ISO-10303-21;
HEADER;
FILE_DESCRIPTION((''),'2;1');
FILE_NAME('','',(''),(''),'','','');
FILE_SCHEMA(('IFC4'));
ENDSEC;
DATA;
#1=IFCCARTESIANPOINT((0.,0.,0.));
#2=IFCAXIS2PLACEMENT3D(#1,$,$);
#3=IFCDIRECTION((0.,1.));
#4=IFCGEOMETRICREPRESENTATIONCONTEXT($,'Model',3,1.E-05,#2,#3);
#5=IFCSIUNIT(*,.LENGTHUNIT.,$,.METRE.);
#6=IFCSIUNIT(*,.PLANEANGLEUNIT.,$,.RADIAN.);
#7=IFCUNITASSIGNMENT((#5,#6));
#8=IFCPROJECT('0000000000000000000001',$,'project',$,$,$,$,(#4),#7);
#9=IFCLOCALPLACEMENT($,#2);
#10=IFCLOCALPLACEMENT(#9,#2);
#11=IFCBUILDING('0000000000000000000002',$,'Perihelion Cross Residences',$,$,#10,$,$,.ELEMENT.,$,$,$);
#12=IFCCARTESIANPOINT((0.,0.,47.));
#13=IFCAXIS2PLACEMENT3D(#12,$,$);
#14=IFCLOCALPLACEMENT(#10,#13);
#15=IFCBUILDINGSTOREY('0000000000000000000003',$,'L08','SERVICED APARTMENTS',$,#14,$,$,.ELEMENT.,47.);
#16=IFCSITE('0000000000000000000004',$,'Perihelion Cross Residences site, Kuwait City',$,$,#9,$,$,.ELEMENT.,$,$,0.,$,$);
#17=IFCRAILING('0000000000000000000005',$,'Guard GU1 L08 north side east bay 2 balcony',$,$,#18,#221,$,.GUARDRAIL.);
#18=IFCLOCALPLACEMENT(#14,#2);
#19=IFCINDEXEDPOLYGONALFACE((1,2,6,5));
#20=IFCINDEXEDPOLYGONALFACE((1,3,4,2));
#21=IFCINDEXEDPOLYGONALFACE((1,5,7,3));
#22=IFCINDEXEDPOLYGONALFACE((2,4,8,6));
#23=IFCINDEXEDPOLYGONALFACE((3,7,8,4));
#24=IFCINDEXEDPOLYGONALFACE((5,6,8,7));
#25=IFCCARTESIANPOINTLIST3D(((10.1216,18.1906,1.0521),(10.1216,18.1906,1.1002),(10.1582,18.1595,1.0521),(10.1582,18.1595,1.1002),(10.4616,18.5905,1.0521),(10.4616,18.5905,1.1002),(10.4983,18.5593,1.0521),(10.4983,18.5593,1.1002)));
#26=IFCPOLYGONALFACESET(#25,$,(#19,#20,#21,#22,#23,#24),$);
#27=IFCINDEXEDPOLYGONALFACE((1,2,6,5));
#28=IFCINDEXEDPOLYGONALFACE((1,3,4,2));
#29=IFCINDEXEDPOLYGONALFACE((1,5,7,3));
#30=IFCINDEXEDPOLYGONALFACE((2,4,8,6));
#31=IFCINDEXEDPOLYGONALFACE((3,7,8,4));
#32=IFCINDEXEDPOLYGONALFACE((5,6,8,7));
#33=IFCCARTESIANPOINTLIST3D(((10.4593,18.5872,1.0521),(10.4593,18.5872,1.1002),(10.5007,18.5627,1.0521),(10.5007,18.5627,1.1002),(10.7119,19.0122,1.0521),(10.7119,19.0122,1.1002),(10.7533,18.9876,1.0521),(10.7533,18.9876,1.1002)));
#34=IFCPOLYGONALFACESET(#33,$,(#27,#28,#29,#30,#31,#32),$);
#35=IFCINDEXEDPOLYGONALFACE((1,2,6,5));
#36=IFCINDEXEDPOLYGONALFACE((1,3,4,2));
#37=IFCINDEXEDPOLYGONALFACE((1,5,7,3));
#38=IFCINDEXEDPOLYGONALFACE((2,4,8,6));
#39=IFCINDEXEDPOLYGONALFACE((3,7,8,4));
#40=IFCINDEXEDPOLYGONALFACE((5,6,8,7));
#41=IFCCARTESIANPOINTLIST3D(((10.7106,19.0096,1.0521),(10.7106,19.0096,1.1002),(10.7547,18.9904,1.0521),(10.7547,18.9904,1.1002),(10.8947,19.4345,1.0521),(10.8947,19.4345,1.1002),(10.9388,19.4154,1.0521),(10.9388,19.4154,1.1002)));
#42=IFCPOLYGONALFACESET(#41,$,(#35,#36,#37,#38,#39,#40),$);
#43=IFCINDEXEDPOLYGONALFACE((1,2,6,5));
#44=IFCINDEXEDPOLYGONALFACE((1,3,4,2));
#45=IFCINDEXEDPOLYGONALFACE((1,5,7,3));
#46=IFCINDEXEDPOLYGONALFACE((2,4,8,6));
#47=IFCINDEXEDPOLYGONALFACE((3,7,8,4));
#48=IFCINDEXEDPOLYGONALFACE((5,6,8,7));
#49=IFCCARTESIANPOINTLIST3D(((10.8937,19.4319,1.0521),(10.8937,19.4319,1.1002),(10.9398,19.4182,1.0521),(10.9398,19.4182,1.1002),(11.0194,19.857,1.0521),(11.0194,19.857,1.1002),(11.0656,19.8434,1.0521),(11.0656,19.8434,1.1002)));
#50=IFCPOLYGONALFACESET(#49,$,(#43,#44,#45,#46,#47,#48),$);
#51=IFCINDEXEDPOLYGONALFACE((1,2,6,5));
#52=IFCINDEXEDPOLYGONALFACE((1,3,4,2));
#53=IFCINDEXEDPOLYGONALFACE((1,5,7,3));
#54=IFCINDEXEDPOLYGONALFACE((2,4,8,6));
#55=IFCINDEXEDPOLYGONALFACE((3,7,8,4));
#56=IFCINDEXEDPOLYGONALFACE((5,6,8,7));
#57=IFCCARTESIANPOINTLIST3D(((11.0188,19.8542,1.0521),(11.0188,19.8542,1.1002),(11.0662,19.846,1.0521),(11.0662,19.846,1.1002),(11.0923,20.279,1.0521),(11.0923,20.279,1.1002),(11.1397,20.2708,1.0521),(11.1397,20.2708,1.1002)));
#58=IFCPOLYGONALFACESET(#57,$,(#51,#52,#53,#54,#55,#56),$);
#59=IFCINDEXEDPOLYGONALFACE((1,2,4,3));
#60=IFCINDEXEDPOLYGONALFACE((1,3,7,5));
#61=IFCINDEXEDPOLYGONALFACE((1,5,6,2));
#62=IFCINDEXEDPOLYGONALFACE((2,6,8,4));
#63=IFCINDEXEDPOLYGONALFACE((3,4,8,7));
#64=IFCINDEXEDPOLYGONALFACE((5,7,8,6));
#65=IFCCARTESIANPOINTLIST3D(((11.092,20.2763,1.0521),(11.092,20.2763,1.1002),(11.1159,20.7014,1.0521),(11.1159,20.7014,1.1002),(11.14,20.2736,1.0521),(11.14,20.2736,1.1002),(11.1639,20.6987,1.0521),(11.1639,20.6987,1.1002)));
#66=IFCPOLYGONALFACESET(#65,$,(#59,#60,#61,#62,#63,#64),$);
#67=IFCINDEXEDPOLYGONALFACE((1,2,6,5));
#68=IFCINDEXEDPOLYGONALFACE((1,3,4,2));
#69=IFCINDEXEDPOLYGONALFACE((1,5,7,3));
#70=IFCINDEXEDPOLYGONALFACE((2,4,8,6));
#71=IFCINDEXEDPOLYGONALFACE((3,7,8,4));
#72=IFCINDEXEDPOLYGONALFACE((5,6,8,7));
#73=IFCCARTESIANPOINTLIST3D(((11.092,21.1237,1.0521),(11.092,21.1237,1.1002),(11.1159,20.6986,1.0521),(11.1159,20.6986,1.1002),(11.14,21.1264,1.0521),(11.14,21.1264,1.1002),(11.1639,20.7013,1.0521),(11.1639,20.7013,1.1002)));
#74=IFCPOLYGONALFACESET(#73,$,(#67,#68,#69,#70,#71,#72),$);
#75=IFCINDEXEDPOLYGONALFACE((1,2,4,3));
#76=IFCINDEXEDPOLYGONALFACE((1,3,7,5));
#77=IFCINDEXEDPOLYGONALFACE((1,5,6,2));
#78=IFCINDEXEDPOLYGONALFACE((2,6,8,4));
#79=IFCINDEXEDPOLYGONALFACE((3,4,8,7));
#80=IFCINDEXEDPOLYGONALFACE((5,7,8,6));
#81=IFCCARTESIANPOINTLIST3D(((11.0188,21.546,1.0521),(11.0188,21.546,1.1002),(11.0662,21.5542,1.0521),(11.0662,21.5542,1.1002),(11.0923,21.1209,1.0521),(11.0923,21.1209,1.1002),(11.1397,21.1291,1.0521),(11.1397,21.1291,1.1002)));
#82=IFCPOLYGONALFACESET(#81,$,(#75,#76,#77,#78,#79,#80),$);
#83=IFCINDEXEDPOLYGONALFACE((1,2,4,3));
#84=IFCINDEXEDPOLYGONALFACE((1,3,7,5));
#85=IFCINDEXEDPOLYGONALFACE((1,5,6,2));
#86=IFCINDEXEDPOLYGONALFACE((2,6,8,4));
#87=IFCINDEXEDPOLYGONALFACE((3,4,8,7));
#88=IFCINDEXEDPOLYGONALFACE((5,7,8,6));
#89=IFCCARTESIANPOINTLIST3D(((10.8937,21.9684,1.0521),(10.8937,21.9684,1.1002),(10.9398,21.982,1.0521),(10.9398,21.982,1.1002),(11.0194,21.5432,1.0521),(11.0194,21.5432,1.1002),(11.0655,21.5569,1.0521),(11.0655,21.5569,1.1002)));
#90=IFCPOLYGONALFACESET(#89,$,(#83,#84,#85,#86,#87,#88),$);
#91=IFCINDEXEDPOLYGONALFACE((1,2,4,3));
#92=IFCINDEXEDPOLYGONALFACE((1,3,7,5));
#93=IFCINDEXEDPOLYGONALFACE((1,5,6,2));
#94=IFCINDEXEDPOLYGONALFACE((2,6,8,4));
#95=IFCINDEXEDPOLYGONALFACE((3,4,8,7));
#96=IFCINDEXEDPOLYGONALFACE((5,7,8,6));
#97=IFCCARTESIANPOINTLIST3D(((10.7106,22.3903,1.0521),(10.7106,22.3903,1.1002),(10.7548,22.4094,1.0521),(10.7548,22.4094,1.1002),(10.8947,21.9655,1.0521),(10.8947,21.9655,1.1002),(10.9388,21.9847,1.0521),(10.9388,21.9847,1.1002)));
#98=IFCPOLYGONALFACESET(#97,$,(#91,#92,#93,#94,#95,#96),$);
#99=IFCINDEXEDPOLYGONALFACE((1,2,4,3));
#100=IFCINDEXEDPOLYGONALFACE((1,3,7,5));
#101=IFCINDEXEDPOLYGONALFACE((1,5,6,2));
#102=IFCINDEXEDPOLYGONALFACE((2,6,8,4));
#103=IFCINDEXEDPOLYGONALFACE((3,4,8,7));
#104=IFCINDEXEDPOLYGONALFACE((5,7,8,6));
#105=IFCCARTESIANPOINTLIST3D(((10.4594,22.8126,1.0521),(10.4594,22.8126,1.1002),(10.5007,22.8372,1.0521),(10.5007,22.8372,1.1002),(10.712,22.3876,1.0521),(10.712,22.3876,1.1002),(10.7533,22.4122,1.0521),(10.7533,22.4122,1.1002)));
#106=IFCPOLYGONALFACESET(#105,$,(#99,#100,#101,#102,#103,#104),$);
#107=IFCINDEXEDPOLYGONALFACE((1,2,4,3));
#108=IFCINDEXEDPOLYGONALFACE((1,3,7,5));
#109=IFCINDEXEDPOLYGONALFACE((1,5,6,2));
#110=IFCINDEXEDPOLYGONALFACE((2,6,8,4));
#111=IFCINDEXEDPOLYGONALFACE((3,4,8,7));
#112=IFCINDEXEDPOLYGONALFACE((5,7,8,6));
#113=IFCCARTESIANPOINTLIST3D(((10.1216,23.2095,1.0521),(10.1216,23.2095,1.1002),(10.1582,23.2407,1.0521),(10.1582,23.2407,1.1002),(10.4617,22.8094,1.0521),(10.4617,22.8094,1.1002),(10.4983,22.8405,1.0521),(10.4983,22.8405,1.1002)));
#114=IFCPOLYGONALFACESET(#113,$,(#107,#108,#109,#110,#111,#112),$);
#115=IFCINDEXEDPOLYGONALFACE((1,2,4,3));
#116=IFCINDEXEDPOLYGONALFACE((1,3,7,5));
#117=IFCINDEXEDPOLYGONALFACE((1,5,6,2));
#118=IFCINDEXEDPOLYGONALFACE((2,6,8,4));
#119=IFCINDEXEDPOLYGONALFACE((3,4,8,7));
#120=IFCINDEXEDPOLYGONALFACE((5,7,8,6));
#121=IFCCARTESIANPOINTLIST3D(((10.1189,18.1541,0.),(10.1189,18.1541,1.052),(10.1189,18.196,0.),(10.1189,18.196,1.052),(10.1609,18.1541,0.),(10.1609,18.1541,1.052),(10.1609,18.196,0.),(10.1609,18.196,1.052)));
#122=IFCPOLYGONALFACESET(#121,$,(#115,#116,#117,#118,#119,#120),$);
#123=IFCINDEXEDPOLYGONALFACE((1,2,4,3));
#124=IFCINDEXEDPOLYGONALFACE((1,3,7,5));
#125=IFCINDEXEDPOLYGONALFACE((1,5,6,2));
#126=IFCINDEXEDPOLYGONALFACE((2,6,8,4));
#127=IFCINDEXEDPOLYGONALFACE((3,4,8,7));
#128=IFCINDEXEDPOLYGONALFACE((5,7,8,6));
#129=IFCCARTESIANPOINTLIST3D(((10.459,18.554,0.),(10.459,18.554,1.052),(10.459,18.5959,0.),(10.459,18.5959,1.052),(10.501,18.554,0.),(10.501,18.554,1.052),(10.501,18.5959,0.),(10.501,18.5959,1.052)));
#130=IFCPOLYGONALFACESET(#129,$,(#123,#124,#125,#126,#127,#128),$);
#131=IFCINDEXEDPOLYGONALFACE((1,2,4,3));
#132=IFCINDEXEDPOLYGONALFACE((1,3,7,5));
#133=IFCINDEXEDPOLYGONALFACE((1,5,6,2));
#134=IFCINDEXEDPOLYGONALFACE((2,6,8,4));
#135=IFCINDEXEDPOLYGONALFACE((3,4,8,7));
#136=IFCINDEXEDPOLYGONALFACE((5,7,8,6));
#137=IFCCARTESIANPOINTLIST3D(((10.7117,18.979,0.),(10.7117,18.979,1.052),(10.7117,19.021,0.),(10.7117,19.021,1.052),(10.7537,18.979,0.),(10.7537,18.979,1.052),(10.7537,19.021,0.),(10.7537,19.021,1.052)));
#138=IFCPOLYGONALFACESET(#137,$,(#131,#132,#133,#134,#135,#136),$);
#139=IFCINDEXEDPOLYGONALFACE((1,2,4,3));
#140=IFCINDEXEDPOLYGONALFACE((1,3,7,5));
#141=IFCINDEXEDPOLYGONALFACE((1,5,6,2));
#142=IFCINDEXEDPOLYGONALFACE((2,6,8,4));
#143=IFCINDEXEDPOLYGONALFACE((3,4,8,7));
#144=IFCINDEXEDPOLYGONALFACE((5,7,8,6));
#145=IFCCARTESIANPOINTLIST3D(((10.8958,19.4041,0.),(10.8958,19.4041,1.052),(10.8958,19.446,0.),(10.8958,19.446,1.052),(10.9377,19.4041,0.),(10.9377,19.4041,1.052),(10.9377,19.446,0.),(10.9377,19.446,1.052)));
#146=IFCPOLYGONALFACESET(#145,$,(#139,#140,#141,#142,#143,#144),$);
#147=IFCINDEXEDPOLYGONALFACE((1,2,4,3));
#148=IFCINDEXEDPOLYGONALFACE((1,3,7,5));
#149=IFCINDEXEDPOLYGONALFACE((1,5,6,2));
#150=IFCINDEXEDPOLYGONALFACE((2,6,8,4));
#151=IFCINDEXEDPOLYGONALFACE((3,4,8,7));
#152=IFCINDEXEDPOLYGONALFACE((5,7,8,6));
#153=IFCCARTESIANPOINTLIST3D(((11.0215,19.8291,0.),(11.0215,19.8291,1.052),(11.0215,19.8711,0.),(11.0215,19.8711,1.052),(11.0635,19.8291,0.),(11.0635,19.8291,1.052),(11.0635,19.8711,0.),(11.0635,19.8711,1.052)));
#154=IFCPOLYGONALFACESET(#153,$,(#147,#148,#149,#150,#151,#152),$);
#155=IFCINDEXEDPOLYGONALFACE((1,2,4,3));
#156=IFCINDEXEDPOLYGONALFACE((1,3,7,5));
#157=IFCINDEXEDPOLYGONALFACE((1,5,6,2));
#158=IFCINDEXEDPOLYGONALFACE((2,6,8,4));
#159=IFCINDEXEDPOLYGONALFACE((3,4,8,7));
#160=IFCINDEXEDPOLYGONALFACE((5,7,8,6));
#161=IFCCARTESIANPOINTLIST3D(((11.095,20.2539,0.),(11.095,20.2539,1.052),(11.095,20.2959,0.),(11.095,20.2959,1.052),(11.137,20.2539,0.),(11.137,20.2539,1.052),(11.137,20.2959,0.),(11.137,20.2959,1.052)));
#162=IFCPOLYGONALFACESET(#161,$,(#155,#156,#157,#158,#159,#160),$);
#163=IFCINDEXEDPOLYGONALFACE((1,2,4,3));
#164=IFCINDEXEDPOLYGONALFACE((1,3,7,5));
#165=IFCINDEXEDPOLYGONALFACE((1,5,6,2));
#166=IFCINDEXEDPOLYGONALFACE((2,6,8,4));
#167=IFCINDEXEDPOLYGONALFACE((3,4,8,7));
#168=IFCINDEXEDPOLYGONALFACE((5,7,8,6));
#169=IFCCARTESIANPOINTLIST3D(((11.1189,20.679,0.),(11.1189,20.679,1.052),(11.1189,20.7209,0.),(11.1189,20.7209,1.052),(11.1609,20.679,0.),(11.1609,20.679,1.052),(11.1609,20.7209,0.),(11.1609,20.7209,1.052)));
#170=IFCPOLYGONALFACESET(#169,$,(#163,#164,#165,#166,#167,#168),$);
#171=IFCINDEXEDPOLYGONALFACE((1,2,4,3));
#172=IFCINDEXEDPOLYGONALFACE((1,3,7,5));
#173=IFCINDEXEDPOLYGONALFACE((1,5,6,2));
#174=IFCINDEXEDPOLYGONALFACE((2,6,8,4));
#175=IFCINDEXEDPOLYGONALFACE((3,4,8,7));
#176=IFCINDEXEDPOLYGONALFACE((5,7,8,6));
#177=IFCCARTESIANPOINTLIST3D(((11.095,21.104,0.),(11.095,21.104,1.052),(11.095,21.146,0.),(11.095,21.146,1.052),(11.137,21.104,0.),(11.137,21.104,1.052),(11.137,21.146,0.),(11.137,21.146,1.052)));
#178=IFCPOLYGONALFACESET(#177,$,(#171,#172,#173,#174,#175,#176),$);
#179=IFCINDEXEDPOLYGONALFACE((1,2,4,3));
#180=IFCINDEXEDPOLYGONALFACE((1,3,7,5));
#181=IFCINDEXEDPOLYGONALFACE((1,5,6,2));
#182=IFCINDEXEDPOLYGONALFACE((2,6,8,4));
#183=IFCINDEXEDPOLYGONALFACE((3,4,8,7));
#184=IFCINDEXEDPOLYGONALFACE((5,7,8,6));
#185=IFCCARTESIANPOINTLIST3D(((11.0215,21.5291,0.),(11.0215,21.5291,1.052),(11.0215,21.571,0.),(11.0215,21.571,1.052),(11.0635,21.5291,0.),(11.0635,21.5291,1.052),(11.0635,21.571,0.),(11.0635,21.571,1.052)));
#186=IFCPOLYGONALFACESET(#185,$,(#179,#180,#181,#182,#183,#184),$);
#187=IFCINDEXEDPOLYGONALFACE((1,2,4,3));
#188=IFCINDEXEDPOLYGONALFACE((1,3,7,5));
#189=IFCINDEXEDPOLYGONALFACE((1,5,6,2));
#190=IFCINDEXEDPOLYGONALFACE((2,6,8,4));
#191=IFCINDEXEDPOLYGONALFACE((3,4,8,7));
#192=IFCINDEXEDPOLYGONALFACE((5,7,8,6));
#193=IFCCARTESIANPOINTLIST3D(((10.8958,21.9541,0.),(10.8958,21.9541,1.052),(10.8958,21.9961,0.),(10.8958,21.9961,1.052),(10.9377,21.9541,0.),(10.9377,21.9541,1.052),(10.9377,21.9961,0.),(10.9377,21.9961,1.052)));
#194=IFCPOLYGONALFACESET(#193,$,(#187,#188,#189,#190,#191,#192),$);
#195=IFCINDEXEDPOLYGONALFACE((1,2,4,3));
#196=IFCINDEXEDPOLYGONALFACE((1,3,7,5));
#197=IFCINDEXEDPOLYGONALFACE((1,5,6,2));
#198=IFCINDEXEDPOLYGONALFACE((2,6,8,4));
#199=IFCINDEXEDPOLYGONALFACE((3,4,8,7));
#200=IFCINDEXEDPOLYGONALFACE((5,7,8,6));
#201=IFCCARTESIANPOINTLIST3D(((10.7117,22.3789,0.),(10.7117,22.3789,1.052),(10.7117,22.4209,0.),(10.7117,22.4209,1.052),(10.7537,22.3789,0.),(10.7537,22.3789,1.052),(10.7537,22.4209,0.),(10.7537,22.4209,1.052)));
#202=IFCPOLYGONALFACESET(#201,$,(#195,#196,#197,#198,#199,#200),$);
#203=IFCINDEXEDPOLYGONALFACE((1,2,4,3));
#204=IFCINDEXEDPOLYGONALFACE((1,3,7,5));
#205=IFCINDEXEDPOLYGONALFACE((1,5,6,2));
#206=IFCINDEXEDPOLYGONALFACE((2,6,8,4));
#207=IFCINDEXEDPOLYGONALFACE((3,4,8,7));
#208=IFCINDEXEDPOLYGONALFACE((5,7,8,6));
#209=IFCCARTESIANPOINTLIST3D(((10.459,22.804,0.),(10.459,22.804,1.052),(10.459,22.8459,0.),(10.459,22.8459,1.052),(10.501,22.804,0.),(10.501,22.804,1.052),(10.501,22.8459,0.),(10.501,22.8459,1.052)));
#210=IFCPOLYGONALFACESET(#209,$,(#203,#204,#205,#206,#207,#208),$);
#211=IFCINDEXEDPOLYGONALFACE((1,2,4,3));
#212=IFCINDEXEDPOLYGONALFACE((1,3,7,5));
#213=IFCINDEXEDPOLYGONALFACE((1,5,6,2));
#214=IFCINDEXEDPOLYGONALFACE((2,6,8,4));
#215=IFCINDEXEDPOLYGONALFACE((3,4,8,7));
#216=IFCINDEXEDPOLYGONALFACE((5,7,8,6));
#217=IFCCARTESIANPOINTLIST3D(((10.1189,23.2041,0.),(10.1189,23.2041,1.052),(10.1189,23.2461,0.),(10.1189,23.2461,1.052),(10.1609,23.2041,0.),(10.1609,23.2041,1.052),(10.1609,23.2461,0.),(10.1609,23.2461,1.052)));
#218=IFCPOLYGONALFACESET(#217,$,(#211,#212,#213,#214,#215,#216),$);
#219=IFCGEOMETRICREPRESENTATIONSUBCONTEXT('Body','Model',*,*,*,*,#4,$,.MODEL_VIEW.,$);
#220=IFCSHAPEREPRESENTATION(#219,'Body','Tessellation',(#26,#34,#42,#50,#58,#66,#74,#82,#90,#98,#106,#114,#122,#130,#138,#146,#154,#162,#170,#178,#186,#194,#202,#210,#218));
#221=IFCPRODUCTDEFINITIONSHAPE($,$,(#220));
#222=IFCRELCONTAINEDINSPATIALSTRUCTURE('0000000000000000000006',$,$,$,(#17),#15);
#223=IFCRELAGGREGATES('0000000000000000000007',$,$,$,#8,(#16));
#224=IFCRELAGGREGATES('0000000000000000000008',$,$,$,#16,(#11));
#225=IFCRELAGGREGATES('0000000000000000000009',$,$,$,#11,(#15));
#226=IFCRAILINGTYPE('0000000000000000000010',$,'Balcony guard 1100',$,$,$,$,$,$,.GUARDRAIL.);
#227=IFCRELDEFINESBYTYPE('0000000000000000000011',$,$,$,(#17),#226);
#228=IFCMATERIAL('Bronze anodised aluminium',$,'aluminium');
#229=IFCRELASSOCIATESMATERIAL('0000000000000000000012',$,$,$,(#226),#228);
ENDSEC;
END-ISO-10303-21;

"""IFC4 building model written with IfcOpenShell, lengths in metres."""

from ifc_helpers import new_model, si_unit, direction, frame, origin, origin_2d, place, context, subcontext, project, spatial, rectangle, extrude, material, type_object, element, save


model = new_model("IFC4")

# Units and contexts
model_context = context("Model", 3, precision=1e-05, world=origin(), true_north=direction((0.0, 1.0)))
body_context = subcontext(model_context, "Body", "Model", "MODEL_VIEW")
ifc_project = project(units=[si_unit("LENGTHUNIT", "METRE"), si_unit("PLANEANGLEUNIT", "RADIAN")], contexts=[model_context])

# Site, building, storey
site_placement = place(None, origin())
site = spatial("IfcSite", under=ifc_project, at=site_placement, Name="Perihelion Cross Residences site, Kuwait City", CompositionType="ELEMENT", RefElevation=0.0)
building_placement = place(site_placement, origin())
building = spatial("IfcBuilding", under=site, at=building_placement, Name="Perihelion Cross Residences", CompositionType="ELEMENT")
storey_placement = place(building_placement, frame((0.0, 0.0, 47.0)))
storey = spatial("IfcBuildingStorey", under=building, at=storey_placement, Name="L08", Description="SERVICED APARTMENTS", CompositionType="ELEMENT", Elevation=47.0)

# Railing
ifc_material_1 = material(Name="Bronze anodised aluminium", Category="aluminium")
railing_type = type_object("IfcRailingType", Name="Balcony guard 1100", PredefinedType="GUARDRAIL", material=ifc_material_1)
railing_1_placement = place(storey_placement, frame((10.1399, 18.175, 0.0)))
element("IfcRailing", 1, at=railing_1_placement, inside=storey, type_object=railing_type, Name="Guard GU1 L08 north side east bay 2 balcony", PredefinedType="GUARDRAIL", context=body_context, shape_type="SweptSolid", body=[
    extrude(rectangle(XDim=0.0481, YDim=0.0481, at=origin_2d()), frame((0.0, 0.0, 1.0762), z_axis=(0.647837, 0.761779, 0.0), x_axis=(-0.761779, 0.647837, 0.0)), (0.0, 0.0, 1.0), 0.5249),
    extrude(rectangle(XDim=0.0481, YDim=0.0481, at=origin_2d()), frame((0.3401, 0.3999, 1.0762), z_axis=(0.511006, 0.859577, 0.0), x_axis=(-0.859577, 0.511006, 0.0)), (0.0, 0.0, 1.0), 0.4944),
    extrude(rectangle(XDim=0.0481, YDim=0.0481, at=origin_2d()), frame((0.5928, 0.825, 1.0762), z_axis=(0.397415, 0.917639, 0.0), x_axis=(-0.917639, 0.397415, 0.0)), (0.0, 0.0, 1.0), 0.4631),
    extrude(rectangle(XDim=0.0481, YDim=0.0481, at=origin_2d()), frame((0.7769, 1.25, 1.0762), z_axis=(0.283657, 0.958926, 0.0), x_axis=(-0.958926, 0.283657, 0.0)), (0.0, 0.0, 1.0), 0.4434),
    extrude(rectangle(XDim=0.0481, YDim=0.0481, at=origin_2d()), frame((0.9026, 1.675, 1.0762), z_axis=(0.170457, 0.985365, 0.0), x_axis=(-0.985365, 0.170457, 0.0)), (0.0, 0.0, 1.0), 0.4312),
    extrude(rectangle(XDim=0.0481, YDim=0.0481, at=origin_2d()), frame((0.9761, 2.0999, 1.0762), z_axis=(0.056201, 0.99842, 0.0), x_axis=(-0.99842, 0.056201, 0.0)), (0.0, 0.0, 1.0), 0.4258),
    extrude(rectangle(XDim=0.0481, YDim=0.0481, at=origin_2d()), frame((1.0, 2.5249, 1.0762), z_axis=(-0.056201, 0.99842, 0.0), x_axis=(-0.99842, -0.056201, 0.0)), (0.0, 0.0, 1.0), 0.4258),
    extrude(rectangle(XDim=0.0481, YDim=0.0481, at=origin_2d()), frame((0.9761, 2.95, 1.0762), z_axis=(-0.170362, 0.985382, 0.0), x_axis=(-0.985382, -0.170362, 0.0)), (0.0, 0.0, 1.0), 0.4314),
    extrude(rectangle(XDim=0.0481, YDim=0.0481, at=origin_2d()), frame((0.9026, 3.375, 1.0762), z_axis=(-0.283657, 0.958926, 0.0), x_axis=(-0.958926, -0.283657, 0.0)), (0.0, 0.0, 1.0), 0.4434),
    extrude(rectangle(XDim=0.0481, YDim=0.0481, at=origin_2d()), frame((0.7769, 3.8, 1.0762), z_axis=(-0.397607, 0.917556, 0.0), x_axis=(-0.917556, -0.397607, 0.0)), (0.0, 0.0, 1.0), 0.4629),
    extrude(rectangle(XDim=0.0481, YDim=0.0481, at=origin_2d()), frame((0.5928, 4.2249, 1.0762), z_axis=(-0.511006, 0.859577, 0.0), x_axis=(-0.859577, -0.511006, 0.0)), (0.0, 0.0, 1.0), 0.4944),
    extrude(rectangle(XDim=0.0481, YDim=0.0481, at=origin_2d()), frame((0.3401, 4.6499, 1.0762), z_axis=(-0.647608, 0.761974, 0.0), x_axis=(-0.761974, -0.647608, 0.0)), (0.0, 0.0, 1.0), 0.5251),
    extrude(rectangle(XDim=0.042, YDim=0.042, at=origin_2d()), origin(), (0.0, 0.0, 1.0), 1.052),
    extrude(rectangle(XDim=0.042, YDim=0.042, at=origin_2d()), frame((0.3401, 0.3999, 0.0)), (0.0, 0.0, 1.0), 1.052),
    extrude(rectangle(XDim=0.042, YDim=0.042, at=origin_2d()), frame((0.5928, 0.825, 0.0)), (0.0, 0.0, 1.0), 1.052),
    extrude(rectangle(XDim=0.042, YDim=0.042, at=origin_2d()), frame((0.7769, 1.25, 0.0)), (0.0, 0.0, 1.0), 1.052),
    extrude(rectangle(XDim=0.042, YDim=0.042, at=origin_2d()), frame((0.9026, 1.675, 0.0)), (0.0, 0.0, 1.0), 1.052),
    extrude(rectangle(XDim=0.042, YDim=0.042, at=origin_2d()), frame((0.9761, 2.0999, 0.0)), (0.0, 0.0, 1.0), 1.052),
    extrude(rectangle(XDim=0.042, YDim=0.042, at=origin_2d()), frame((1.0, 2.5249, 0.0)), (0.0, 0.0, 1.0), 1.052),
    extrude(rectangle(XDim=0.042, YDim=0.042, at=origin_2d()), frame((0.9761, 2.95, 0.0)), (0.0, 0.0, 1.0), 1.052),
    extrude(rectangle(XDim=0.042, YDim=0.042, at=origin_2d()), frame((0.9026, 3.375, 0.0)), (0.0, 0.0, 1.0), 1.052),
    extrude(rectangle(XDim=0.042, YDim=0.042, at=origin_2d()), frame((0.7769, 3.8, 0.0)), (0.0, 0.0, 1.0), 1.052),
    extrude(rectangle(XDim=0.042, YDim=0.042, at=origin_2d()), frame((0.5928, 4.2249, 0.0)), (0.0, 0.0, 1.0), 1.052),
    extrude(rectangle(XDim=0.042, YDim=0.042, at=origin_2d()), frame((0.3401, 4.6499, 0.0)), (0.0, 0.0, 1.0), 1.052),
    extrude(rectangle(XDim=0.042, YDim=0.042, at=origin_2d()), frame((0.0, 5.05, 0.0)), (0.0, 0.0, 1.0), 1.052),
])

save(model, "model.ifc")
